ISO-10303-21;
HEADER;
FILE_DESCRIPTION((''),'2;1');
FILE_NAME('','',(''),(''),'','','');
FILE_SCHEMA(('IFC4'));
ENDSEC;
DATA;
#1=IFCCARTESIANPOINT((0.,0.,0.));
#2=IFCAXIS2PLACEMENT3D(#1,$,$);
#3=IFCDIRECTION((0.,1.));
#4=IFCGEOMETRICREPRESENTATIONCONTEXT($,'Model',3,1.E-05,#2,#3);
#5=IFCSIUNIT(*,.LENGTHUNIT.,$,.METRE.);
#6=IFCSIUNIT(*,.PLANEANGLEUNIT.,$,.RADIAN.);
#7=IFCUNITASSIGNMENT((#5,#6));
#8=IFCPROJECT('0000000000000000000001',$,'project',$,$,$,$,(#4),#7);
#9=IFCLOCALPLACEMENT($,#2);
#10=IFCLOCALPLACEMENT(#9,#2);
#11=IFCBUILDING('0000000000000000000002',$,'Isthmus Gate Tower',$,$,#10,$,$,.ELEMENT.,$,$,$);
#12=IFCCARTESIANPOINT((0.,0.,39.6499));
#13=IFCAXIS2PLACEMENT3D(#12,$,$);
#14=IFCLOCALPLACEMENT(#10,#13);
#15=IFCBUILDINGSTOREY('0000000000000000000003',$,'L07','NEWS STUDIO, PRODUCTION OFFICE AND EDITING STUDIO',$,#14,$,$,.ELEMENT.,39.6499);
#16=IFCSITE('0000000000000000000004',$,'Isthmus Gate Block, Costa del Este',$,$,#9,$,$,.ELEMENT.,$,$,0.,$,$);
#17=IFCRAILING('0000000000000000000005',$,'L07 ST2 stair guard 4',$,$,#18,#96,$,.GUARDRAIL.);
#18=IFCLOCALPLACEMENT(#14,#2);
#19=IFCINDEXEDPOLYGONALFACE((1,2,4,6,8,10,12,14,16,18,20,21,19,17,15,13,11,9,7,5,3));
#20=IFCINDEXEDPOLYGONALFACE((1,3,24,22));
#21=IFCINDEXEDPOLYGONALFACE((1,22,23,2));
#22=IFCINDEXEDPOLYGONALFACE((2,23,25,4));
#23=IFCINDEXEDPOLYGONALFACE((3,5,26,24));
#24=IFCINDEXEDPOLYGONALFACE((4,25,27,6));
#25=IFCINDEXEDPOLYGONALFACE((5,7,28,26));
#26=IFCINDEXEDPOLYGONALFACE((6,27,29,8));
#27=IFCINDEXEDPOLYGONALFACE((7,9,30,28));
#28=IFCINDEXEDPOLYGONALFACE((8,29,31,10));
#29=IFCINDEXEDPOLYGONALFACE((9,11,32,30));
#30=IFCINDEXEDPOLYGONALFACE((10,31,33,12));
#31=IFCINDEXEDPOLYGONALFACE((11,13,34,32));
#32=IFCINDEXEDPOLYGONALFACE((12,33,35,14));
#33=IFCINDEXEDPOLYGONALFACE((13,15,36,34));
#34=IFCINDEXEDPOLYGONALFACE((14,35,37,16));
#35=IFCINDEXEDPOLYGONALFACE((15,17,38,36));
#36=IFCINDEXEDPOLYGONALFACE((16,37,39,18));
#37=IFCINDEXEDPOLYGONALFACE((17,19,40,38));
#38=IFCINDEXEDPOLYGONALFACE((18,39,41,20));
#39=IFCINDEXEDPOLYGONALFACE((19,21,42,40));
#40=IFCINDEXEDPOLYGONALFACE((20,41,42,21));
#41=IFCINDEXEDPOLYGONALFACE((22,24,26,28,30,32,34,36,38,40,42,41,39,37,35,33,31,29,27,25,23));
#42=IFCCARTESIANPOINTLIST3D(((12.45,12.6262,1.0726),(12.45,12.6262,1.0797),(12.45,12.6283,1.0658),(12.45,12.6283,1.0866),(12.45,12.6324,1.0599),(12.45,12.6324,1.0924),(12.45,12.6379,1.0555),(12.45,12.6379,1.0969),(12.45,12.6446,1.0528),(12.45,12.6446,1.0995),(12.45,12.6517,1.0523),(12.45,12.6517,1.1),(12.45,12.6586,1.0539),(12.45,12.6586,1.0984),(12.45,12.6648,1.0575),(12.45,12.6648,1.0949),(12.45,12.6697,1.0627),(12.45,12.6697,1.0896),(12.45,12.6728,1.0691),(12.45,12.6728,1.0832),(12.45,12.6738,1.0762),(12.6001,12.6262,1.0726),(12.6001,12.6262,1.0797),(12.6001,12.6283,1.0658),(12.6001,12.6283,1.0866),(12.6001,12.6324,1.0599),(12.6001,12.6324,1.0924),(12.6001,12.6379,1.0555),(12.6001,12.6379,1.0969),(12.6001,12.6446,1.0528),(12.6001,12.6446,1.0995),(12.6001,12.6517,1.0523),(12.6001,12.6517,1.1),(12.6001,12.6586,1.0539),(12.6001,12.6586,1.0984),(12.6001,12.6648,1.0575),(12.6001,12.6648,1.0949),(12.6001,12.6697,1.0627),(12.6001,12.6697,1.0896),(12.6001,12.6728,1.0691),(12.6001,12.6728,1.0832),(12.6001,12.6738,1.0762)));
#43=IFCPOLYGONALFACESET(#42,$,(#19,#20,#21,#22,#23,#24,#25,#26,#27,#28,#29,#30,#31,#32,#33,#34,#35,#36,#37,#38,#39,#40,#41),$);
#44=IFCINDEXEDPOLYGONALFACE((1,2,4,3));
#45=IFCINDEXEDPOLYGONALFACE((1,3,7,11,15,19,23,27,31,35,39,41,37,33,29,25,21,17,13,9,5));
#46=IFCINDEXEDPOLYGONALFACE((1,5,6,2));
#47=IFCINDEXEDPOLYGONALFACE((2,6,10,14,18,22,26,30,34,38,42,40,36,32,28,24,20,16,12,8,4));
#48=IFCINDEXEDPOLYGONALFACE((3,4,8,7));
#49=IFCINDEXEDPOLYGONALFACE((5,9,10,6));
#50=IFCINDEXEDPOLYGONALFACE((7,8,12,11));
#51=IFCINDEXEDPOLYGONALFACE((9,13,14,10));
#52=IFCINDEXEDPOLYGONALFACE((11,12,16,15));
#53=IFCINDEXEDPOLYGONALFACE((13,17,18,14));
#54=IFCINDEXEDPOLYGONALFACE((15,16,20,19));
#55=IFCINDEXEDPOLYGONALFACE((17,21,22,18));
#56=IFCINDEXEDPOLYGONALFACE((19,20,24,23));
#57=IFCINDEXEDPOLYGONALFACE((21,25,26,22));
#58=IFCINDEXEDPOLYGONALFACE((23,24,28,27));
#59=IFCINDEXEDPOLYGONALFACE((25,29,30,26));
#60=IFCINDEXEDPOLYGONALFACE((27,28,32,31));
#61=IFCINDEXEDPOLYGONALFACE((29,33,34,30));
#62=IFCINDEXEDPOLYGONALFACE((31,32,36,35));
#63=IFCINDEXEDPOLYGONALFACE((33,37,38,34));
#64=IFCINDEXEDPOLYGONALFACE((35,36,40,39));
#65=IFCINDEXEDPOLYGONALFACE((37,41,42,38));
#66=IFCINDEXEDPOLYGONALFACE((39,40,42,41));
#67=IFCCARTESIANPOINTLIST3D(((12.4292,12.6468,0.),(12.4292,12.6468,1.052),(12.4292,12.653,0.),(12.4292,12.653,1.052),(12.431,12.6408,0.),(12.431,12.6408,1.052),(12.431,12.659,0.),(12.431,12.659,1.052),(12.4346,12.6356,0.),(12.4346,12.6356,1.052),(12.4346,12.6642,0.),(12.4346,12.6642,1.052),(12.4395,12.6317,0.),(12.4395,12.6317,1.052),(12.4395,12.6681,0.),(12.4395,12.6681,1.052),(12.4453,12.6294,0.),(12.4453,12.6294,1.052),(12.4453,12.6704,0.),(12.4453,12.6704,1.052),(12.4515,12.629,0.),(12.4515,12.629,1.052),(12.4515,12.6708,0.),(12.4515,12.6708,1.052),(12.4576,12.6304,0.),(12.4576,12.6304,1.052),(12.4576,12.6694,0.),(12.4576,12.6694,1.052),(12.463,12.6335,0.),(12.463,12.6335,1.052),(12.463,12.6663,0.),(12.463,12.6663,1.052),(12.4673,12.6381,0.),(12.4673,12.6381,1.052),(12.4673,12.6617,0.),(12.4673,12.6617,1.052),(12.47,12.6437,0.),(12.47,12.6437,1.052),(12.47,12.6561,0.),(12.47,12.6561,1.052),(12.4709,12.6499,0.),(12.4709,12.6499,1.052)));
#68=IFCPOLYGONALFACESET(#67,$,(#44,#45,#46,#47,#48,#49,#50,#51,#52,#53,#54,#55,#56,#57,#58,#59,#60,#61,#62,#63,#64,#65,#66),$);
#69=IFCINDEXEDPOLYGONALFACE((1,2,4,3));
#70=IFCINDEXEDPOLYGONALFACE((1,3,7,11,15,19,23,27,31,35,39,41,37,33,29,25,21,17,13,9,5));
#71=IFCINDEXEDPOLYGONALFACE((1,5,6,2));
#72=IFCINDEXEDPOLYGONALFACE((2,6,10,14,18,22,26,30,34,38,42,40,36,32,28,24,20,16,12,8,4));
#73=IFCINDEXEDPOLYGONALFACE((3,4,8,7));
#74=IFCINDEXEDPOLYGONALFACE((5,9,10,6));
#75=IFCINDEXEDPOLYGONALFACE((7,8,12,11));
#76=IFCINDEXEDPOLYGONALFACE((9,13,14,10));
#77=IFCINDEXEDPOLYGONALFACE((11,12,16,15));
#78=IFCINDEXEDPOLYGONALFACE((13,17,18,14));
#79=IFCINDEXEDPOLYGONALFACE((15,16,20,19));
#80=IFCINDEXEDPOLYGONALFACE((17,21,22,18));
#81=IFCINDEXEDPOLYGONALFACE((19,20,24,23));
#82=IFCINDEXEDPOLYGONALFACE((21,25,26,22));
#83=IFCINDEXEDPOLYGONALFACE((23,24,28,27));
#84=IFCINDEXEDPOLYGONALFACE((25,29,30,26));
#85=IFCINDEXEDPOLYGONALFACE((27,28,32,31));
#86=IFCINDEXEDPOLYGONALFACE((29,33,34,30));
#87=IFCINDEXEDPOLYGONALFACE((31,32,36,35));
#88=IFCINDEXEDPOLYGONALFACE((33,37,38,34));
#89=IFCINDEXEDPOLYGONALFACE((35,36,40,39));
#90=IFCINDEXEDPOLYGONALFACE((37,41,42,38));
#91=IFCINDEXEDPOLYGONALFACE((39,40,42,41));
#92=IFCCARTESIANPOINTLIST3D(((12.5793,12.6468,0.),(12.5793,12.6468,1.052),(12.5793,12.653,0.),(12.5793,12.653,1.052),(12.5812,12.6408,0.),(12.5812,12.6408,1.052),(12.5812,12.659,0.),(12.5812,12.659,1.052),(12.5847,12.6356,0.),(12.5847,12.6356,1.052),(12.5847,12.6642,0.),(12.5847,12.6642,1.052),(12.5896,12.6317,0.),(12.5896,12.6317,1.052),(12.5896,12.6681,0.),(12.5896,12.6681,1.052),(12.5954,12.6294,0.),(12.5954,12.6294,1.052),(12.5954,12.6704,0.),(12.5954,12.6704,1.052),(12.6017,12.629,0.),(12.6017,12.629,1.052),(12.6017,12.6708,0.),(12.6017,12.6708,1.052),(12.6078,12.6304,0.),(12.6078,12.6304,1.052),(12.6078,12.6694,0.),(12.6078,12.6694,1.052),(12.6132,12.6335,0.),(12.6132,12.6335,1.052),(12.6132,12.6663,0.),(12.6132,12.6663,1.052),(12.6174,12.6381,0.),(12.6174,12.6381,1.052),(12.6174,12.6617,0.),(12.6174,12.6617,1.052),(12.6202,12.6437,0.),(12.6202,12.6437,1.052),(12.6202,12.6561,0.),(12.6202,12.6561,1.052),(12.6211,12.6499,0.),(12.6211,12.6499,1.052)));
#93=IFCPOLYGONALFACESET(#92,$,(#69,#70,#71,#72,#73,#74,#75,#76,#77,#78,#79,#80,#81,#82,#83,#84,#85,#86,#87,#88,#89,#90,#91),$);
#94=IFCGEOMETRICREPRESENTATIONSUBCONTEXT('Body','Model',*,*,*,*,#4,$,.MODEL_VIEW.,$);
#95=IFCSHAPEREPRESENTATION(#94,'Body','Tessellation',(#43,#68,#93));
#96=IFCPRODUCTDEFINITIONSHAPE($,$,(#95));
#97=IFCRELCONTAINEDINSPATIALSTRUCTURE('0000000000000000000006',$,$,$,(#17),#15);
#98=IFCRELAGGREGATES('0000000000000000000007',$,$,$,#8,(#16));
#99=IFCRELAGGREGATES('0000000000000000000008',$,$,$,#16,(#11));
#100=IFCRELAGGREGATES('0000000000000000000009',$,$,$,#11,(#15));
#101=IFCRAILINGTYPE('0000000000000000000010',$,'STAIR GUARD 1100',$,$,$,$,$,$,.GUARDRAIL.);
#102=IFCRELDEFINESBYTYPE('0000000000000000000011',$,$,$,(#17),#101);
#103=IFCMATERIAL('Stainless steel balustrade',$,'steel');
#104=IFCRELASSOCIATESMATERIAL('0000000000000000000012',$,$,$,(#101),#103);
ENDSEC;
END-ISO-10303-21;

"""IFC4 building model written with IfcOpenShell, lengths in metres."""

from ifc_helpers import new_model, si_unit, direction, frame, origin, origin_2d, place, context, subcontext, project, spatial, circle, extrude, material, type_object, element, save


model = new_model("IFC4")

# Units and contexts
model_context = context("Model", 3, precision=1e-05, world=origin(), true_north=direction((0.0, 1.0)))
body_context = subcontext(model_context, "Body", "Model", "MODEL_VIEW")
ifc_project = project(units=[si_unit("LENGTHUNIT", "METRE"), si_unit("PLANEANGLEUNIT", "RADIAN")], contexts=[model_context])

# Site, building, storey
site_placement = place(None, origin())
site = spatial("IfcSite", under=ifc_project, at=site_placement, Name="Isthmus Gate Block, Costa del Este", CompositionType="ELEMENT", RefElevation=0.0)
building_placement = place(site_placement, origin())
building = spatial("IfcBuilding", under=site, at=building_placement, Name="Isthmus Gate Tower", CompositionType="ELEMENT")
storey_placement = place(building_placement, frame((0.0, 0.0, 39.6499)))
storey = spatial("IfcBuildingStorey", under=building, at=storey_placement, Name="L07", Description="NEWS STUDIO, PRODUCTION OFFICE AND EDITING STUDIO", CompositionType="ELEMENT", Elevation=39.6499)

# Railing
ifc_material_1 = material(Name="Stainless steel balustrade", Category="steel")
railing_type_1 = type_object("IfcRailingType", Name="STAIR GUARD 1100", PredefinedType="GUARDRAIL", material=ifc_material_1)
railing_1_placement = place(storey_placement, frame((12.45, 12.6499, 0.0)))
element("IfcRailing", 1, at=railing_1_placement, inside=storey, type_object=railing_type_1, Name="L07 ST2 stair guard 4", PredefinedType="GUARDRAIL", context=body_context, shape_type="SweptSolid", body=[
    extrude(circle(Radius=0.0239, at=origin_2d()), frame((0.0, 0.0, 1.0762), z_axis=(1.0, 0.0, 0.0), x_axis=(0.0, 1.0, 0.0)), (0.0, 0.0, 1.0), 0.1501),
    extrude(circle(Radius=0.021, at=origin_2d()), origin(), (0.0, 0.0, 1.0), 1.052),
    extrude(circle(Radius=0.021, at=origin_2d()), frame((0.1501, 0.0, 0.0)), (0.0, 0.0, 1.0), 1.052),
])

save(model, "model.ifc")
